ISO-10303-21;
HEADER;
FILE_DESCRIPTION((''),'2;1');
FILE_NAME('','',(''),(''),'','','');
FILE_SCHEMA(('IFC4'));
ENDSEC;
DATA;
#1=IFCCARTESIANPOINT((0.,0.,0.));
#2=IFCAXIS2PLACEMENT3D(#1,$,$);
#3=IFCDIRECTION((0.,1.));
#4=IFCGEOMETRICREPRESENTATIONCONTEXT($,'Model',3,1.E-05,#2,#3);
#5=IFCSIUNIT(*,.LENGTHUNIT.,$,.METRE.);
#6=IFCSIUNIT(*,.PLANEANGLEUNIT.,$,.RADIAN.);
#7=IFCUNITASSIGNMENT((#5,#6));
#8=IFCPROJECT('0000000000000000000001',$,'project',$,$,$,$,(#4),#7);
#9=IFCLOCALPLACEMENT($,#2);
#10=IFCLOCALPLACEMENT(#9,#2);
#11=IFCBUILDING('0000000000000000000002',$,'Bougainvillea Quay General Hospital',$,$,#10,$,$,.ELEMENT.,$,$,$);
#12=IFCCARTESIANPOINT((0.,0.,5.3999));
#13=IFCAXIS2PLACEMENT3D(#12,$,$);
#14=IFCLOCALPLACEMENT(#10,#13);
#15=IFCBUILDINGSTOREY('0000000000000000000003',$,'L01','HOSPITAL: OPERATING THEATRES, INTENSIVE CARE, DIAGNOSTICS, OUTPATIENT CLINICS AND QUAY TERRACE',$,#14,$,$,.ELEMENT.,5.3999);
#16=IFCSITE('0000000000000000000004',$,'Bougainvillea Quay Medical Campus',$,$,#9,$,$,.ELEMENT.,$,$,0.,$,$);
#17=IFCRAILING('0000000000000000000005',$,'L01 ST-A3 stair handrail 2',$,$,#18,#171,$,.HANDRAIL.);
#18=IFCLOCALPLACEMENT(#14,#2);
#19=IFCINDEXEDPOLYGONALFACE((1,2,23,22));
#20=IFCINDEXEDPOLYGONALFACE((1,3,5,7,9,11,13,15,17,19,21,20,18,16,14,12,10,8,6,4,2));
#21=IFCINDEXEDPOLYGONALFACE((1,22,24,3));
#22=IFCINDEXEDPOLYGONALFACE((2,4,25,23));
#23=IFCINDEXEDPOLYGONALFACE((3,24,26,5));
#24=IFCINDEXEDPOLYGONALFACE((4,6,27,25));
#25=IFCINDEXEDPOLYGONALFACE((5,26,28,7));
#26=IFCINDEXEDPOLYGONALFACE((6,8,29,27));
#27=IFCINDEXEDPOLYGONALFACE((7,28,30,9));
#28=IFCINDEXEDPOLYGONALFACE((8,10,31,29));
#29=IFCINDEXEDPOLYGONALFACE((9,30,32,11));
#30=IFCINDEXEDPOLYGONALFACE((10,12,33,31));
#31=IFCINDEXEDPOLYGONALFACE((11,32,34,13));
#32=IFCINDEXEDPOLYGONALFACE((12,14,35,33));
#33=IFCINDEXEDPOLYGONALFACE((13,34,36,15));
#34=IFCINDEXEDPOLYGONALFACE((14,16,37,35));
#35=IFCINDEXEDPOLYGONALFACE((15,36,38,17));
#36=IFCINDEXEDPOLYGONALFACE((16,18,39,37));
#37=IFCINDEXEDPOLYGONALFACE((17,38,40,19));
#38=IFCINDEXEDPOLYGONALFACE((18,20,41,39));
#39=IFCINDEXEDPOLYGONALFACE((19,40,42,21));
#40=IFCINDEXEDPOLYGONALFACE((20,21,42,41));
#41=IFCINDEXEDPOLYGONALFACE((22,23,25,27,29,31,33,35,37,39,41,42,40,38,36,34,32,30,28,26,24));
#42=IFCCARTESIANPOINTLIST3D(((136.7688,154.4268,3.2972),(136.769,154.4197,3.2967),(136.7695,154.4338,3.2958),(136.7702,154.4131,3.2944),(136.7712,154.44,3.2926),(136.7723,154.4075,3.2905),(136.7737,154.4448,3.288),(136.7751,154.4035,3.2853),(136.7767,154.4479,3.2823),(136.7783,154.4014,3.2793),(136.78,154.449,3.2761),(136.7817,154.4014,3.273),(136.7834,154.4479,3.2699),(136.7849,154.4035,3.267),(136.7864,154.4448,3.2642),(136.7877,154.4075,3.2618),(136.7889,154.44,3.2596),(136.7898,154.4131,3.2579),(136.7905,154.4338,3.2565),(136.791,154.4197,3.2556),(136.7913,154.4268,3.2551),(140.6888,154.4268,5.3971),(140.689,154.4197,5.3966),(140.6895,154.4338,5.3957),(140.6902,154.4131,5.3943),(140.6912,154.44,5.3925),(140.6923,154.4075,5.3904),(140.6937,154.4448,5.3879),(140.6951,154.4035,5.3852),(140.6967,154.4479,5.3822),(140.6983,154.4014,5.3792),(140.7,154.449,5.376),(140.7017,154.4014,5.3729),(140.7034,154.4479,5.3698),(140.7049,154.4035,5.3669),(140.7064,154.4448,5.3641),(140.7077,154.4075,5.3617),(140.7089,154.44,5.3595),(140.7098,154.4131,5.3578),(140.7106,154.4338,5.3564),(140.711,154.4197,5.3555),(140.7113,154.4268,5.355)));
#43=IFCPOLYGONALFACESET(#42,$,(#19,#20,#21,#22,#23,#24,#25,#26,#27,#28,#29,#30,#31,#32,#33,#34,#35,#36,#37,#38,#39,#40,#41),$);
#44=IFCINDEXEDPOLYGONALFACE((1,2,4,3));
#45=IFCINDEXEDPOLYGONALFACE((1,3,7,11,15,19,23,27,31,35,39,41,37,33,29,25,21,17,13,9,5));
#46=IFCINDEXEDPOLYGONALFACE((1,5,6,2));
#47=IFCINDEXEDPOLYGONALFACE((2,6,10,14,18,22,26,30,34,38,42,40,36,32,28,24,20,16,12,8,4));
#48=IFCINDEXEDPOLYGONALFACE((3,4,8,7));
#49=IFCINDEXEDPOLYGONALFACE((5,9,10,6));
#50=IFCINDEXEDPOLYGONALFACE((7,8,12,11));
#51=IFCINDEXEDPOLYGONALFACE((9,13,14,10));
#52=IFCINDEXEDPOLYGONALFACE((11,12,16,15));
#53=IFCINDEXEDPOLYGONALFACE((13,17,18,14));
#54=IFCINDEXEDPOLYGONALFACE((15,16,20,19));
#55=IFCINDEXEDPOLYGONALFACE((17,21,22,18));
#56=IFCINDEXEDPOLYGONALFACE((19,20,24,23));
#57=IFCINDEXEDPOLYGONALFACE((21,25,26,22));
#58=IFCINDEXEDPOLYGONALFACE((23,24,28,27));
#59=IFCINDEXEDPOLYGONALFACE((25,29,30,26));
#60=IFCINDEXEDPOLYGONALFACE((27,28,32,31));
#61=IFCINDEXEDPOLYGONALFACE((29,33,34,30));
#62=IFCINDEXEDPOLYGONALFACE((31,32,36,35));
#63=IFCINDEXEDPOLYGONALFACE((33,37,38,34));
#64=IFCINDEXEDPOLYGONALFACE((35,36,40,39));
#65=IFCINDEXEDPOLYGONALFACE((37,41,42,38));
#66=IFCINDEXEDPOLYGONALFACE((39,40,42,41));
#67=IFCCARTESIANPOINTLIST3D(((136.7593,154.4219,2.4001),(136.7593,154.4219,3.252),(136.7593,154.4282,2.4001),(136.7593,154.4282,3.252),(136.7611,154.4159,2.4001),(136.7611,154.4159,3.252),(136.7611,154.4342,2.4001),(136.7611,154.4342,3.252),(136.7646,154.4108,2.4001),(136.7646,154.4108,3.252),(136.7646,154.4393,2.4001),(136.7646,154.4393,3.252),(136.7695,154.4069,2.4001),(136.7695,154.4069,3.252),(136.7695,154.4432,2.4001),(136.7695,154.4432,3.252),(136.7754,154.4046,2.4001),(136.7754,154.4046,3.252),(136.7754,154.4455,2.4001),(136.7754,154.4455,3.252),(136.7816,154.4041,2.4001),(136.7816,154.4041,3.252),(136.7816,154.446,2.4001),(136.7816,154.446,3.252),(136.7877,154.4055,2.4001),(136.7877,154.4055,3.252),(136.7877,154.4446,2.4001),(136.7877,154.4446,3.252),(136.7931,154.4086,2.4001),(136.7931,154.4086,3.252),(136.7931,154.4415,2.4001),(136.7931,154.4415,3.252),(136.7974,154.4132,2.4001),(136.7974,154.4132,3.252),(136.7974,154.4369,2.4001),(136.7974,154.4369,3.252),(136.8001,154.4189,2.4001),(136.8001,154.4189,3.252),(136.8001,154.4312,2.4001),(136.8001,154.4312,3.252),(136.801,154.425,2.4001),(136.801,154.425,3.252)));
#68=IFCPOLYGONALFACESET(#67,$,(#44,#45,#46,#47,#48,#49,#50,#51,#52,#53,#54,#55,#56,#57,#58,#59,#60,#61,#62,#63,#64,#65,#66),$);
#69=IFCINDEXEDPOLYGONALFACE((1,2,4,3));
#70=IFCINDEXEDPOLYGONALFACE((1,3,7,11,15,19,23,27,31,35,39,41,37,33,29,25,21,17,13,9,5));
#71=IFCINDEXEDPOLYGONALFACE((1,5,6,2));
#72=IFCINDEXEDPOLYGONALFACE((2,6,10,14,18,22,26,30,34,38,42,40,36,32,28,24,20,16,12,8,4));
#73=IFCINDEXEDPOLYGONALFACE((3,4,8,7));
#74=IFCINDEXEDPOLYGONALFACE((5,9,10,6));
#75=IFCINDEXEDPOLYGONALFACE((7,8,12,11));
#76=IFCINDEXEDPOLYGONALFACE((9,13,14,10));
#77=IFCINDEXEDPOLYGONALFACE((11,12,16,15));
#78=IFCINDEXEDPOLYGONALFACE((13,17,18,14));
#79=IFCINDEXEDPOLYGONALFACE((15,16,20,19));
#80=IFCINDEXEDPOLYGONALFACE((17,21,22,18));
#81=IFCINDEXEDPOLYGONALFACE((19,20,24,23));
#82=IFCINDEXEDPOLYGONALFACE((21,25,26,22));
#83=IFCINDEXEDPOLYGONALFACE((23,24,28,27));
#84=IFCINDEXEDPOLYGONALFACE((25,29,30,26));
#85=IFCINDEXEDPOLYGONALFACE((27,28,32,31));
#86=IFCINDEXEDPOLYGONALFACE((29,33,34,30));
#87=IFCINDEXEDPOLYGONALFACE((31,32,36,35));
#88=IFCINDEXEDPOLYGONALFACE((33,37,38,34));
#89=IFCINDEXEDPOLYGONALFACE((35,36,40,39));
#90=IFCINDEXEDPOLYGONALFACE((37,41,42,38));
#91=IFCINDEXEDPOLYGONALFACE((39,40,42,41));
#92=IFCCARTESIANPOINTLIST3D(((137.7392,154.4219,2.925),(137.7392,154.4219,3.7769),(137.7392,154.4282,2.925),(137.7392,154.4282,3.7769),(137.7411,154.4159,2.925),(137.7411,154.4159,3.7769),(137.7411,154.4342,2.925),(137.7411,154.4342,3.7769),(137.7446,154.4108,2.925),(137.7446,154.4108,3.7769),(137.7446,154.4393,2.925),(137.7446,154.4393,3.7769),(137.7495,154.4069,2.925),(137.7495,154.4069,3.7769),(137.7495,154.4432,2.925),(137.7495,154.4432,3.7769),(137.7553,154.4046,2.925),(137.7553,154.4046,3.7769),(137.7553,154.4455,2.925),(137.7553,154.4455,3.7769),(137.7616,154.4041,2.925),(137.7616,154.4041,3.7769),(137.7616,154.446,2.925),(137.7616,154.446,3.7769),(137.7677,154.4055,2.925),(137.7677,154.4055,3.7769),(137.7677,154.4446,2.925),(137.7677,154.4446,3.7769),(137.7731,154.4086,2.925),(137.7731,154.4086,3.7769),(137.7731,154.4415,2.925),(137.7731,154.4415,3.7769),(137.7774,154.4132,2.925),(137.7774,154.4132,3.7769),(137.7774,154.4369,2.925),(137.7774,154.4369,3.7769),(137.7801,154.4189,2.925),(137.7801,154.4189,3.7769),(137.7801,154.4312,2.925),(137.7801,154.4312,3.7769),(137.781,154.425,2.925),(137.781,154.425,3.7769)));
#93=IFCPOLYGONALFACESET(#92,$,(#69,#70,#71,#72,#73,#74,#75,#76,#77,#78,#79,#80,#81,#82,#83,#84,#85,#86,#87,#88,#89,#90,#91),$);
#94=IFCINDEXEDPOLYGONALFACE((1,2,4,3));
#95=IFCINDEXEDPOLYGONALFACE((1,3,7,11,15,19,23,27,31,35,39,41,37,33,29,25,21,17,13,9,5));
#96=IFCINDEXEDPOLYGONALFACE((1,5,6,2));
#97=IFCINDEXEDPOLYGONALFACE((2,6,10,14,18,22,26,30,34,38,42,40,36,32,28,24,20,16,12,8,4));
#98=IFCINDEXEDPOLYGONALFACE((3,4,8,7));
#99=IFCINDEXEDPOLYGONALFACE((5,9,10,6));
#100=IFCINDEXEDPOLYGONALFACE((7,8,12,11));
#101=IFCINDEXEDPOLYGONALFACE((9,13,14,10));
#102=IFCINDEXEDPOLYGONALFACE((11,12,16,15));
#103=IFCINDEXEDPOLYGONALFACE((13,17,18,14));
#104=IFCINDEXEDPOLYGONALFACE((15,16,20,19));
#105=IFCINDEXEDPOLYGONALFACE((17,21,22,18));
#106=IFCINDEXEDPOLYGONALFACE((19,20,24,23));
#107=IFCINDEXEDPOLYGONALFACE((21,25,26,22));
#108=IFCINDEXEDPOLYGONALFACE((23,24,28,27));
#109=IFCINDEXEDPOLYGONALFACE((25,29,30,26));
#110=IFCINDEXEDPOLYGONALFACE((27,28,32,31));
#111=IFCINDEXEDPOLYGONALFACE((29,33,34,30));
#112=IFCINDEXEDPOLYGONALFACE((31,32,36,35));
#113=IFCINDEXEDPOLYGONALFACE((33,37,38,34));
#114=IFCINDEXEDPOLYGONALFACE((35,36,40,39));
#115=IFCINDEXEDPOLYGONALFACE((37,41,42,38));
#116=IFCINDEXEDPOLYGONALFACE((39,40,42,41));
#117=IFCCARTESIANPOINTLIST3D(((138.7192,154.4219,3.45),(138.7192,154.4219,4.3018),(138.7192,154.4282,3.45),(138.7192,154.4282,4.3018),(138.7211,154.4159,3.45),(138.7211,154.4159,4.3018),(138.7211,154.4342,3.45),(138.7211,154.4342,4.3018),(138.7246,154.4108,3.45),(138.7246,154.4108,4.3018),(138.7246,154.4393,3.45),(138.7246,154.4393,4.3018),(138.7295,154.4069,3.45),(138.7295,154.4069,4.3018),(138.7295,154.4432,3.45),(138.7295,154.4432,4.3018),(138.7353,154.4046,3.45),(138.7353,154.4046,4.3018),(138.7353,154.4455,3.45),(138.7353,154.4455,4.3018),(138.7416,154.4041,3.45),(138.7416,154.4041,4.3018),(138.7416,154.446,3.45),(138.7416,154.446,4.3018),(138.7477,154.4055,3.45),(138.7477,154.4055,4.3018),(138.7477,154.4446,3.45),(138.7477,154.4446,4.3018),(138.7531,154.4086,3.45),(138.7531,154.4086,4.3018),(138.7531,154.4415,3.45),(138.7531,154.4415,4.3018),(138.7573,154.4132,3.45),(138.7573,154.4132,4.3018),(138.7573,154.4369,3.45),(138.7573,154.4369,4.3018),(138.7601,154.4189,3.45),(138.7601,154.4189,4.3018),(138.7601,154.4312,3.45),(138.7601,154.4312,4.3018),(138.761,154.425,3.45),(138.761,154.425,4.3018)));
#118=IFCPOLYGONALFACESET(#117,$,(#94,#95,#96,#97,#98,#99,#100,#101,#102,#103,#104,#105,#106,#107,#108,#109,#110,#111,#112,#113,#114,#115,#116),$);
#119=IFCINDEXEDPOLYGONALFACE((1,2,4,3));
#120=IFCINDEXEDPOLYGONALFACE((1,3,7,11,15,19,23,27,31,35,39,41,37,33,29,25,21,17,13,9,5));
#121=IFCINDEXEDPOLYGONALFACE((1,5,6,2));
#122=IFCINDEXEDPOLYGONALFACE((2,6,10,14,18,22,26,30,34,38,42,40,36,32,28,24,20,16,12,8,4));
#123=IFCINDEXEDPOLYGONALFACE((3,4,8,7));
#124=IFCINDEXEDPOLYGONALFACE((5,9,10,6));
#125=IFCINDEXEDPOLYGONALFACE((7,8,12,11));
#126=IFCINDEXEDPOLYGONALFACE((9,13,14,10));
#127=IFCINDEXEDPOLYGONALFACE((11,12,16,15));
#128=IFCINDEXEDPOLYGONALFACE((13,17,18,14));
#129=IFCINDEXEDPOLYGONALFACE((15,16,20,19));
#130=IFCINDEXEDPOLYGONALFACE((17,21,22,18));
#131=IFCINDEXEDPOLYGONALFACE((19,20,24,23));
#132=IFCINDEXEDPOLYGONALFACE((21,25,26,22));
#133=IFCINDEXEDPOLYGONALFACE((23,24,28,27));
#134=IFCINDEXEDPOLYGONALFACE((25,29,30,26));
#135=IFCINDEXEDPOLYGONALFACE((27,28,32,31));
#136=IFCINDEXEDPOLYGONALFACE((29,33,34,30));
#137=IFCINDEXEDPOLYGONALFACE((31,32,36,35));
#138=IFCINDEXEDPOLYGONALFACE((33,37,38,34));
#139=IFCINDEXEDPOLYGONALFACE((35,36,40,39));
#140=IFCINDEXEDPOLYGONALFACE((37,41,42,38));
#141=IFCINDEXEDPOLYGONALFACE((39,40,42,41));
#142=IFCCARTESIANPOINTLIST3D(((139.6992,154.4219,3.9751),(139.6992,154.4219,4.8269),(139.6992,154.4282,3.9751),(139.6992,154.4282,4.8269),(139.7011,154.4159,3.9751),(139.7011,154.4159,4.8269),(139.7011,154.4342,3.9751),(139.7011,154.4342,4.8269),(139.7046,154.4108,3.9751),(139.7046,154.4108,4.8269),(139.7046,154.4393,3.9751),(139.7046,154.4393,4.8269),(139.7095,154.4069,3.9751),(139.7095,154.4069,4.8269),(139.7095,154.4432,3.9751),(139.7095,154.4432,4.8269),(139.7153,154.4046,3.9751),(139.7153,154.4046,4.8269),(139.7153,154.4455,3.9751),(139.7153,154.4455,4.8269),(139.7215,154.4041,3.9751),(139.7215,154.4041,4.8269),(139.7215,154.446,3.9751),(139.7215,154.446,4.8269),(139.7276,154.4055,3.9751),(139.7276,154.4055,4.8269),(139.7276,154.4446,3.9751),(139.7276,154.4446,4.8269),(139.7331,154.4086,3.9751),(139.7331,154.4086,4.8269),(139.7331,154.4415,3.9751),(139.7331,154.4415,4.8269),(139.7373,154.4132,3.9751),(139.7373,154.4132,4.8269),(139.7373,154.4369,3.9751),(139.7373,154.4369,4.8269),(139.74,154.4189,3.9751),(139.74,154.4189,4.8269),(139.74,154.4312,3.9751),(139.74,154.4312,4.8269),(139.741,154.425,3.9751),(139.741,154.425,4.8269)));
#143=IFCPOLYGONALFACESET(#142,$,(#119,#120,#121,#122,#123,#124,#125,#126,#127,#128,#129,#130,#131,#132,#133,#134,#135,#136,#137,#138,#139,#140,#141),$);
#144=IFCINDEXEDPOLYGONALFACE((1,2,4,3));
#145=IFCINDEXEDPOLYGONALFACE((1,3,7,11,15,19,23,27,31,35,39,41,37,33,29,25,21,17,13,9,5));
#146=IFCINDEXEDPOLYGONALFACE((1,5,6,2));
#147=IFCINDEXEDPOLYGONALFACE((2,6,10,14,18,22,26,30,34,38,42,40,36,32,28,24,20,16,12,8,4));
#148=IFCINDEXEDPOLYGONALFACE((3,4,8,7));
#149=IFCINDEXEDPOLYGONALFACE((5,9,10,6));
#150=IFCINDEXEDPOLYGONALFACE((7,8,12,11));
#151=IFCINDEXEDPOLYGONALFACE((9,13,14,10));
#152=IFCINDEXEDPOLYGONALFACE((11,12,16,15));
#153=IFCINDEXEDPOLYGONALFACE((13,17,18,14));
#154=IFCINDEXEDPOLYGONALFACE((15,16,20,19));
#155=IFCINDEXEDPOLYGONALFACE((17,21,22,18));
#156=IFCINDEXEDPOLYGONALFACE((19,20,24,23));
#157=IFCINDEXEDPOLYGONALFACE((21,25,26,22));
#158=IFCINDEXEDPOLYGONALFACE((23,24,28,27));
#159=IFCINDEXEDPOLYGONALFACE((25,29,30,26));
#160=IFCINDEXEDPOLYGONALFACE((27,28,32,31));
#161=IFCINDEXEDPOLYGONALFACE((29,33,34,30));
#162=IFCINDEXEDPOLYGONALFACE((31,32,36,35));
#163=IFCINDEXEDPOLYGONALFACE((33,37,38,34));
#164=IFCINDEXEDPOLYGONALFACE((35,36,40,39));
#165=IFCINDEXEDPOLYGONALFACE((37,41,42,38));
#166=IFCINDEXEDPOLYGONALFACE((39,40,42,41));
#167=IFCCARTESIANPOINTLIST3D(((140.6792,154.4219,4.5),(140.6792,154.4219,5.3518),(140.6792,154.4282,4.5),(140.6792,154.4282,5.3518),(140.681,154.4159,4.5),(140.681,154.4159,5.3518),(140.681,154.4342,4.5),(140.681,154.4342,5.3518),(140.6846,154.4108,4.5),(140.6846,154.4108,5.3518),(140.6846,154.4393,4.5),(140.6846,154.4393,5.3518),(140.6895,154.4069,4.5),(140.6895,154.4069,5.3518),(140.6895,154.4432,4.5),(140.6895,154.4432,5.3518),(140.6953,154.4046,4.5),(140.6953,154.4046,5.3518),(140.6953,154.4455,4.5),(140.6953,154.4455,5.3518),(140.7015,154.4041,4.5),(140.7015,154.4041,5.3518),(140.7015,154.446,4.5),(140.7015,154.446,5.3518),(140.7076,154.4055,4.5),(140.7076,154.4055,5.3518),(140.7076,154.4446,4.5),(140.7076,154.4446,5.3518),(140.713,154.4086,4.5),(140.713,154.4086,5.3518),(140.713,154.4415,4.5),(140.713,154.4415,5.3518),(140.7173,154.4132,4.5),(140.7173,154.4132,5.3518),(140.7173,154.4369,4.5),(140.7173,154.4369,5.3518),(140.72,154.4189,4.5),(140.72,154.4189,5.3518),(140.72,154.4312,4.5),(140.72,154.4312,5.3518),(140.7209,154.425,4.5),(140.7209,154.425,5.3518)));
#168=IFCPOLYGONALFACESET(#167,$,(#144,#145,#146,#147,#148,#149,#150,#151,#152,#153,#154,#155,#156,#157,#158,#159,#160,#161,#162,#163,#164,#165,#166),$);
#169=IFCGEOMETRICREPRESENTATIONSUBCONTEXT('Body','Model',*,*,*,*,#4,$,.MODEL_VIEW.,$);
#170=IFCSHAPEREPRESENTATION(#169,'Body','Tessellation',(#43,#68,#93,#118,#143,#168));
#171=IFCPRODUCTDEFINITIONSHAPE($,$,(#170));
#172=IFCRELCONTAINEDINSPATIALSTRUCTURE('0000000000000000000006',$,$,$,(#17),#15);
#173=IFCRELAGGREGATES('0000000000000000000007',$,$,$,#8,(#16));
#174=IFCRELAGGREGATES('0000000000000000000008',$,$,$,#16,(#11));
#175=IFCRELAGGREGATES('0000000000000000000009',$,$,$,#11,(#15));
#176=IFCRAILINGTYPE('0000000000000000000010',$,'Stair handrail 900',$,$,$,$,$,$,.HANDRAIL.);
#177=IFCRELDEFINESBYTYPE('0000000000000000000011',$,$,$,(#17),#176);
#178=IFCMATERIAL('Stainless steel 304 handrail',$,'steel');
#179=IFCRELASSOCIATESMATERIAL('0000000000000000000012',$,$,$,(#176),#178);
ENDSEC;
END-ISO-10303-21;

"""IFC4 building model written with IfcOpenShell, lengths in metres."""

from ifc_helpers import new_model, si_unit, direction, frame, origin, origin_2d, place, context, subcontext, project, spatial, circle, extrude, material, type_object, element, save


model = new_model("IFC4")

# Units and contexts
model_context = context("Model", 3, precision=1e-05, world=origin(), true_north=direction((0.0, 1.0)))
body_context = subcontext(model_context, "Body", "Model", "MODEL_VIEW")
ifc_project = project(units=[si_unit("LENGTHUNIT", "METRE"), si_unit("PLANEANGLEUNIT", "RADIAN")], contexts=[model_context])

# Site, building, storey
site_placement = place(None, origin())
site = spatial("IfcSite", under=ifc_project, at=site_placement, Name="Bougainvillea Quay Medical Campus", CompositionType="ELEMENT", RefElevation=0.0)
building_placement = place(site_placement, origin())
building = spatial("IfcBuilding", under=site, at=building_placement, Name="Bougainvillea Quay General Hospital", CompositionType="ELEMENT")
storey_placement = place(building_placement, frame((0.0, 0.0, 5.3999)))
storey = spatial("IfcBuildingStorey", under=building, at=storey_placement, Name="L01", Description="HOSPITAL: OPERATING THEATRES, INTENSIVE CARE, DIAGNOSTICS, OUTPATIENT CLINICS AND QUAY TERRACE", CompositionType="ELEMENT", Elevation=5.3999)

# Railing
ifc_material_1 = material(Name="Stainless steel 304 handrail", Category="steel")
railing_type_1 = type_object("IfcRailingType", Name="Stair handrail 900", PredefinedType="HANDRAIL", material=ifc_material_1)
railing_1_placement = place(storey_placement, frame((136.78, 154.425, 2.4001)))
element("IfcRailing", 1, at=railing_1_placement, inside=storey, type_object=railing_type_1, Name="L01 ST-A3 stair handrail 2", PredefinedType="HANDRAIL", context=body_context, shape_type="SweptSolid", body=[
    extrude(circle(Radius=0.0239, at=origin_2d()), frame((0.0, 0.0, 0.876), z_axis=(0.88149, 0.0, 0.472203), x_axis=(0.0, 1.0, 0.0)), (0.0, 0.0, 1.0), 4.447),
    extrude(circle(Radius=0.021, at=origin_2d()), origin(), (0.0, 0.0, 1.0), 0.8518),
    extrude(circle(Radius=0.021, at=origin_2d()), frame((0.98, 0.0, 0.5249)), (0.0, 0.0, 1.0), 0.8518),
    extrude(circle(Radius=0.021, at=origin_2d()), frame((1.96, 0.0, 1.0498)), (0.0, 0.0, 1.0), 0.8518),
    extrude(circle(Radius=0.021, at=origin_2d()), frame((2.9399, 0.0, 1.575)), (0.0, 0.0, 1.0), 0.8518),
    extrude(circle(Radius=0.021, at=origin_2d()), frame((3.9199, 0.0, 2.0999)), (0.0, 0.0, 1.0), 0.8518),
])

save(model, "model.ifc")
